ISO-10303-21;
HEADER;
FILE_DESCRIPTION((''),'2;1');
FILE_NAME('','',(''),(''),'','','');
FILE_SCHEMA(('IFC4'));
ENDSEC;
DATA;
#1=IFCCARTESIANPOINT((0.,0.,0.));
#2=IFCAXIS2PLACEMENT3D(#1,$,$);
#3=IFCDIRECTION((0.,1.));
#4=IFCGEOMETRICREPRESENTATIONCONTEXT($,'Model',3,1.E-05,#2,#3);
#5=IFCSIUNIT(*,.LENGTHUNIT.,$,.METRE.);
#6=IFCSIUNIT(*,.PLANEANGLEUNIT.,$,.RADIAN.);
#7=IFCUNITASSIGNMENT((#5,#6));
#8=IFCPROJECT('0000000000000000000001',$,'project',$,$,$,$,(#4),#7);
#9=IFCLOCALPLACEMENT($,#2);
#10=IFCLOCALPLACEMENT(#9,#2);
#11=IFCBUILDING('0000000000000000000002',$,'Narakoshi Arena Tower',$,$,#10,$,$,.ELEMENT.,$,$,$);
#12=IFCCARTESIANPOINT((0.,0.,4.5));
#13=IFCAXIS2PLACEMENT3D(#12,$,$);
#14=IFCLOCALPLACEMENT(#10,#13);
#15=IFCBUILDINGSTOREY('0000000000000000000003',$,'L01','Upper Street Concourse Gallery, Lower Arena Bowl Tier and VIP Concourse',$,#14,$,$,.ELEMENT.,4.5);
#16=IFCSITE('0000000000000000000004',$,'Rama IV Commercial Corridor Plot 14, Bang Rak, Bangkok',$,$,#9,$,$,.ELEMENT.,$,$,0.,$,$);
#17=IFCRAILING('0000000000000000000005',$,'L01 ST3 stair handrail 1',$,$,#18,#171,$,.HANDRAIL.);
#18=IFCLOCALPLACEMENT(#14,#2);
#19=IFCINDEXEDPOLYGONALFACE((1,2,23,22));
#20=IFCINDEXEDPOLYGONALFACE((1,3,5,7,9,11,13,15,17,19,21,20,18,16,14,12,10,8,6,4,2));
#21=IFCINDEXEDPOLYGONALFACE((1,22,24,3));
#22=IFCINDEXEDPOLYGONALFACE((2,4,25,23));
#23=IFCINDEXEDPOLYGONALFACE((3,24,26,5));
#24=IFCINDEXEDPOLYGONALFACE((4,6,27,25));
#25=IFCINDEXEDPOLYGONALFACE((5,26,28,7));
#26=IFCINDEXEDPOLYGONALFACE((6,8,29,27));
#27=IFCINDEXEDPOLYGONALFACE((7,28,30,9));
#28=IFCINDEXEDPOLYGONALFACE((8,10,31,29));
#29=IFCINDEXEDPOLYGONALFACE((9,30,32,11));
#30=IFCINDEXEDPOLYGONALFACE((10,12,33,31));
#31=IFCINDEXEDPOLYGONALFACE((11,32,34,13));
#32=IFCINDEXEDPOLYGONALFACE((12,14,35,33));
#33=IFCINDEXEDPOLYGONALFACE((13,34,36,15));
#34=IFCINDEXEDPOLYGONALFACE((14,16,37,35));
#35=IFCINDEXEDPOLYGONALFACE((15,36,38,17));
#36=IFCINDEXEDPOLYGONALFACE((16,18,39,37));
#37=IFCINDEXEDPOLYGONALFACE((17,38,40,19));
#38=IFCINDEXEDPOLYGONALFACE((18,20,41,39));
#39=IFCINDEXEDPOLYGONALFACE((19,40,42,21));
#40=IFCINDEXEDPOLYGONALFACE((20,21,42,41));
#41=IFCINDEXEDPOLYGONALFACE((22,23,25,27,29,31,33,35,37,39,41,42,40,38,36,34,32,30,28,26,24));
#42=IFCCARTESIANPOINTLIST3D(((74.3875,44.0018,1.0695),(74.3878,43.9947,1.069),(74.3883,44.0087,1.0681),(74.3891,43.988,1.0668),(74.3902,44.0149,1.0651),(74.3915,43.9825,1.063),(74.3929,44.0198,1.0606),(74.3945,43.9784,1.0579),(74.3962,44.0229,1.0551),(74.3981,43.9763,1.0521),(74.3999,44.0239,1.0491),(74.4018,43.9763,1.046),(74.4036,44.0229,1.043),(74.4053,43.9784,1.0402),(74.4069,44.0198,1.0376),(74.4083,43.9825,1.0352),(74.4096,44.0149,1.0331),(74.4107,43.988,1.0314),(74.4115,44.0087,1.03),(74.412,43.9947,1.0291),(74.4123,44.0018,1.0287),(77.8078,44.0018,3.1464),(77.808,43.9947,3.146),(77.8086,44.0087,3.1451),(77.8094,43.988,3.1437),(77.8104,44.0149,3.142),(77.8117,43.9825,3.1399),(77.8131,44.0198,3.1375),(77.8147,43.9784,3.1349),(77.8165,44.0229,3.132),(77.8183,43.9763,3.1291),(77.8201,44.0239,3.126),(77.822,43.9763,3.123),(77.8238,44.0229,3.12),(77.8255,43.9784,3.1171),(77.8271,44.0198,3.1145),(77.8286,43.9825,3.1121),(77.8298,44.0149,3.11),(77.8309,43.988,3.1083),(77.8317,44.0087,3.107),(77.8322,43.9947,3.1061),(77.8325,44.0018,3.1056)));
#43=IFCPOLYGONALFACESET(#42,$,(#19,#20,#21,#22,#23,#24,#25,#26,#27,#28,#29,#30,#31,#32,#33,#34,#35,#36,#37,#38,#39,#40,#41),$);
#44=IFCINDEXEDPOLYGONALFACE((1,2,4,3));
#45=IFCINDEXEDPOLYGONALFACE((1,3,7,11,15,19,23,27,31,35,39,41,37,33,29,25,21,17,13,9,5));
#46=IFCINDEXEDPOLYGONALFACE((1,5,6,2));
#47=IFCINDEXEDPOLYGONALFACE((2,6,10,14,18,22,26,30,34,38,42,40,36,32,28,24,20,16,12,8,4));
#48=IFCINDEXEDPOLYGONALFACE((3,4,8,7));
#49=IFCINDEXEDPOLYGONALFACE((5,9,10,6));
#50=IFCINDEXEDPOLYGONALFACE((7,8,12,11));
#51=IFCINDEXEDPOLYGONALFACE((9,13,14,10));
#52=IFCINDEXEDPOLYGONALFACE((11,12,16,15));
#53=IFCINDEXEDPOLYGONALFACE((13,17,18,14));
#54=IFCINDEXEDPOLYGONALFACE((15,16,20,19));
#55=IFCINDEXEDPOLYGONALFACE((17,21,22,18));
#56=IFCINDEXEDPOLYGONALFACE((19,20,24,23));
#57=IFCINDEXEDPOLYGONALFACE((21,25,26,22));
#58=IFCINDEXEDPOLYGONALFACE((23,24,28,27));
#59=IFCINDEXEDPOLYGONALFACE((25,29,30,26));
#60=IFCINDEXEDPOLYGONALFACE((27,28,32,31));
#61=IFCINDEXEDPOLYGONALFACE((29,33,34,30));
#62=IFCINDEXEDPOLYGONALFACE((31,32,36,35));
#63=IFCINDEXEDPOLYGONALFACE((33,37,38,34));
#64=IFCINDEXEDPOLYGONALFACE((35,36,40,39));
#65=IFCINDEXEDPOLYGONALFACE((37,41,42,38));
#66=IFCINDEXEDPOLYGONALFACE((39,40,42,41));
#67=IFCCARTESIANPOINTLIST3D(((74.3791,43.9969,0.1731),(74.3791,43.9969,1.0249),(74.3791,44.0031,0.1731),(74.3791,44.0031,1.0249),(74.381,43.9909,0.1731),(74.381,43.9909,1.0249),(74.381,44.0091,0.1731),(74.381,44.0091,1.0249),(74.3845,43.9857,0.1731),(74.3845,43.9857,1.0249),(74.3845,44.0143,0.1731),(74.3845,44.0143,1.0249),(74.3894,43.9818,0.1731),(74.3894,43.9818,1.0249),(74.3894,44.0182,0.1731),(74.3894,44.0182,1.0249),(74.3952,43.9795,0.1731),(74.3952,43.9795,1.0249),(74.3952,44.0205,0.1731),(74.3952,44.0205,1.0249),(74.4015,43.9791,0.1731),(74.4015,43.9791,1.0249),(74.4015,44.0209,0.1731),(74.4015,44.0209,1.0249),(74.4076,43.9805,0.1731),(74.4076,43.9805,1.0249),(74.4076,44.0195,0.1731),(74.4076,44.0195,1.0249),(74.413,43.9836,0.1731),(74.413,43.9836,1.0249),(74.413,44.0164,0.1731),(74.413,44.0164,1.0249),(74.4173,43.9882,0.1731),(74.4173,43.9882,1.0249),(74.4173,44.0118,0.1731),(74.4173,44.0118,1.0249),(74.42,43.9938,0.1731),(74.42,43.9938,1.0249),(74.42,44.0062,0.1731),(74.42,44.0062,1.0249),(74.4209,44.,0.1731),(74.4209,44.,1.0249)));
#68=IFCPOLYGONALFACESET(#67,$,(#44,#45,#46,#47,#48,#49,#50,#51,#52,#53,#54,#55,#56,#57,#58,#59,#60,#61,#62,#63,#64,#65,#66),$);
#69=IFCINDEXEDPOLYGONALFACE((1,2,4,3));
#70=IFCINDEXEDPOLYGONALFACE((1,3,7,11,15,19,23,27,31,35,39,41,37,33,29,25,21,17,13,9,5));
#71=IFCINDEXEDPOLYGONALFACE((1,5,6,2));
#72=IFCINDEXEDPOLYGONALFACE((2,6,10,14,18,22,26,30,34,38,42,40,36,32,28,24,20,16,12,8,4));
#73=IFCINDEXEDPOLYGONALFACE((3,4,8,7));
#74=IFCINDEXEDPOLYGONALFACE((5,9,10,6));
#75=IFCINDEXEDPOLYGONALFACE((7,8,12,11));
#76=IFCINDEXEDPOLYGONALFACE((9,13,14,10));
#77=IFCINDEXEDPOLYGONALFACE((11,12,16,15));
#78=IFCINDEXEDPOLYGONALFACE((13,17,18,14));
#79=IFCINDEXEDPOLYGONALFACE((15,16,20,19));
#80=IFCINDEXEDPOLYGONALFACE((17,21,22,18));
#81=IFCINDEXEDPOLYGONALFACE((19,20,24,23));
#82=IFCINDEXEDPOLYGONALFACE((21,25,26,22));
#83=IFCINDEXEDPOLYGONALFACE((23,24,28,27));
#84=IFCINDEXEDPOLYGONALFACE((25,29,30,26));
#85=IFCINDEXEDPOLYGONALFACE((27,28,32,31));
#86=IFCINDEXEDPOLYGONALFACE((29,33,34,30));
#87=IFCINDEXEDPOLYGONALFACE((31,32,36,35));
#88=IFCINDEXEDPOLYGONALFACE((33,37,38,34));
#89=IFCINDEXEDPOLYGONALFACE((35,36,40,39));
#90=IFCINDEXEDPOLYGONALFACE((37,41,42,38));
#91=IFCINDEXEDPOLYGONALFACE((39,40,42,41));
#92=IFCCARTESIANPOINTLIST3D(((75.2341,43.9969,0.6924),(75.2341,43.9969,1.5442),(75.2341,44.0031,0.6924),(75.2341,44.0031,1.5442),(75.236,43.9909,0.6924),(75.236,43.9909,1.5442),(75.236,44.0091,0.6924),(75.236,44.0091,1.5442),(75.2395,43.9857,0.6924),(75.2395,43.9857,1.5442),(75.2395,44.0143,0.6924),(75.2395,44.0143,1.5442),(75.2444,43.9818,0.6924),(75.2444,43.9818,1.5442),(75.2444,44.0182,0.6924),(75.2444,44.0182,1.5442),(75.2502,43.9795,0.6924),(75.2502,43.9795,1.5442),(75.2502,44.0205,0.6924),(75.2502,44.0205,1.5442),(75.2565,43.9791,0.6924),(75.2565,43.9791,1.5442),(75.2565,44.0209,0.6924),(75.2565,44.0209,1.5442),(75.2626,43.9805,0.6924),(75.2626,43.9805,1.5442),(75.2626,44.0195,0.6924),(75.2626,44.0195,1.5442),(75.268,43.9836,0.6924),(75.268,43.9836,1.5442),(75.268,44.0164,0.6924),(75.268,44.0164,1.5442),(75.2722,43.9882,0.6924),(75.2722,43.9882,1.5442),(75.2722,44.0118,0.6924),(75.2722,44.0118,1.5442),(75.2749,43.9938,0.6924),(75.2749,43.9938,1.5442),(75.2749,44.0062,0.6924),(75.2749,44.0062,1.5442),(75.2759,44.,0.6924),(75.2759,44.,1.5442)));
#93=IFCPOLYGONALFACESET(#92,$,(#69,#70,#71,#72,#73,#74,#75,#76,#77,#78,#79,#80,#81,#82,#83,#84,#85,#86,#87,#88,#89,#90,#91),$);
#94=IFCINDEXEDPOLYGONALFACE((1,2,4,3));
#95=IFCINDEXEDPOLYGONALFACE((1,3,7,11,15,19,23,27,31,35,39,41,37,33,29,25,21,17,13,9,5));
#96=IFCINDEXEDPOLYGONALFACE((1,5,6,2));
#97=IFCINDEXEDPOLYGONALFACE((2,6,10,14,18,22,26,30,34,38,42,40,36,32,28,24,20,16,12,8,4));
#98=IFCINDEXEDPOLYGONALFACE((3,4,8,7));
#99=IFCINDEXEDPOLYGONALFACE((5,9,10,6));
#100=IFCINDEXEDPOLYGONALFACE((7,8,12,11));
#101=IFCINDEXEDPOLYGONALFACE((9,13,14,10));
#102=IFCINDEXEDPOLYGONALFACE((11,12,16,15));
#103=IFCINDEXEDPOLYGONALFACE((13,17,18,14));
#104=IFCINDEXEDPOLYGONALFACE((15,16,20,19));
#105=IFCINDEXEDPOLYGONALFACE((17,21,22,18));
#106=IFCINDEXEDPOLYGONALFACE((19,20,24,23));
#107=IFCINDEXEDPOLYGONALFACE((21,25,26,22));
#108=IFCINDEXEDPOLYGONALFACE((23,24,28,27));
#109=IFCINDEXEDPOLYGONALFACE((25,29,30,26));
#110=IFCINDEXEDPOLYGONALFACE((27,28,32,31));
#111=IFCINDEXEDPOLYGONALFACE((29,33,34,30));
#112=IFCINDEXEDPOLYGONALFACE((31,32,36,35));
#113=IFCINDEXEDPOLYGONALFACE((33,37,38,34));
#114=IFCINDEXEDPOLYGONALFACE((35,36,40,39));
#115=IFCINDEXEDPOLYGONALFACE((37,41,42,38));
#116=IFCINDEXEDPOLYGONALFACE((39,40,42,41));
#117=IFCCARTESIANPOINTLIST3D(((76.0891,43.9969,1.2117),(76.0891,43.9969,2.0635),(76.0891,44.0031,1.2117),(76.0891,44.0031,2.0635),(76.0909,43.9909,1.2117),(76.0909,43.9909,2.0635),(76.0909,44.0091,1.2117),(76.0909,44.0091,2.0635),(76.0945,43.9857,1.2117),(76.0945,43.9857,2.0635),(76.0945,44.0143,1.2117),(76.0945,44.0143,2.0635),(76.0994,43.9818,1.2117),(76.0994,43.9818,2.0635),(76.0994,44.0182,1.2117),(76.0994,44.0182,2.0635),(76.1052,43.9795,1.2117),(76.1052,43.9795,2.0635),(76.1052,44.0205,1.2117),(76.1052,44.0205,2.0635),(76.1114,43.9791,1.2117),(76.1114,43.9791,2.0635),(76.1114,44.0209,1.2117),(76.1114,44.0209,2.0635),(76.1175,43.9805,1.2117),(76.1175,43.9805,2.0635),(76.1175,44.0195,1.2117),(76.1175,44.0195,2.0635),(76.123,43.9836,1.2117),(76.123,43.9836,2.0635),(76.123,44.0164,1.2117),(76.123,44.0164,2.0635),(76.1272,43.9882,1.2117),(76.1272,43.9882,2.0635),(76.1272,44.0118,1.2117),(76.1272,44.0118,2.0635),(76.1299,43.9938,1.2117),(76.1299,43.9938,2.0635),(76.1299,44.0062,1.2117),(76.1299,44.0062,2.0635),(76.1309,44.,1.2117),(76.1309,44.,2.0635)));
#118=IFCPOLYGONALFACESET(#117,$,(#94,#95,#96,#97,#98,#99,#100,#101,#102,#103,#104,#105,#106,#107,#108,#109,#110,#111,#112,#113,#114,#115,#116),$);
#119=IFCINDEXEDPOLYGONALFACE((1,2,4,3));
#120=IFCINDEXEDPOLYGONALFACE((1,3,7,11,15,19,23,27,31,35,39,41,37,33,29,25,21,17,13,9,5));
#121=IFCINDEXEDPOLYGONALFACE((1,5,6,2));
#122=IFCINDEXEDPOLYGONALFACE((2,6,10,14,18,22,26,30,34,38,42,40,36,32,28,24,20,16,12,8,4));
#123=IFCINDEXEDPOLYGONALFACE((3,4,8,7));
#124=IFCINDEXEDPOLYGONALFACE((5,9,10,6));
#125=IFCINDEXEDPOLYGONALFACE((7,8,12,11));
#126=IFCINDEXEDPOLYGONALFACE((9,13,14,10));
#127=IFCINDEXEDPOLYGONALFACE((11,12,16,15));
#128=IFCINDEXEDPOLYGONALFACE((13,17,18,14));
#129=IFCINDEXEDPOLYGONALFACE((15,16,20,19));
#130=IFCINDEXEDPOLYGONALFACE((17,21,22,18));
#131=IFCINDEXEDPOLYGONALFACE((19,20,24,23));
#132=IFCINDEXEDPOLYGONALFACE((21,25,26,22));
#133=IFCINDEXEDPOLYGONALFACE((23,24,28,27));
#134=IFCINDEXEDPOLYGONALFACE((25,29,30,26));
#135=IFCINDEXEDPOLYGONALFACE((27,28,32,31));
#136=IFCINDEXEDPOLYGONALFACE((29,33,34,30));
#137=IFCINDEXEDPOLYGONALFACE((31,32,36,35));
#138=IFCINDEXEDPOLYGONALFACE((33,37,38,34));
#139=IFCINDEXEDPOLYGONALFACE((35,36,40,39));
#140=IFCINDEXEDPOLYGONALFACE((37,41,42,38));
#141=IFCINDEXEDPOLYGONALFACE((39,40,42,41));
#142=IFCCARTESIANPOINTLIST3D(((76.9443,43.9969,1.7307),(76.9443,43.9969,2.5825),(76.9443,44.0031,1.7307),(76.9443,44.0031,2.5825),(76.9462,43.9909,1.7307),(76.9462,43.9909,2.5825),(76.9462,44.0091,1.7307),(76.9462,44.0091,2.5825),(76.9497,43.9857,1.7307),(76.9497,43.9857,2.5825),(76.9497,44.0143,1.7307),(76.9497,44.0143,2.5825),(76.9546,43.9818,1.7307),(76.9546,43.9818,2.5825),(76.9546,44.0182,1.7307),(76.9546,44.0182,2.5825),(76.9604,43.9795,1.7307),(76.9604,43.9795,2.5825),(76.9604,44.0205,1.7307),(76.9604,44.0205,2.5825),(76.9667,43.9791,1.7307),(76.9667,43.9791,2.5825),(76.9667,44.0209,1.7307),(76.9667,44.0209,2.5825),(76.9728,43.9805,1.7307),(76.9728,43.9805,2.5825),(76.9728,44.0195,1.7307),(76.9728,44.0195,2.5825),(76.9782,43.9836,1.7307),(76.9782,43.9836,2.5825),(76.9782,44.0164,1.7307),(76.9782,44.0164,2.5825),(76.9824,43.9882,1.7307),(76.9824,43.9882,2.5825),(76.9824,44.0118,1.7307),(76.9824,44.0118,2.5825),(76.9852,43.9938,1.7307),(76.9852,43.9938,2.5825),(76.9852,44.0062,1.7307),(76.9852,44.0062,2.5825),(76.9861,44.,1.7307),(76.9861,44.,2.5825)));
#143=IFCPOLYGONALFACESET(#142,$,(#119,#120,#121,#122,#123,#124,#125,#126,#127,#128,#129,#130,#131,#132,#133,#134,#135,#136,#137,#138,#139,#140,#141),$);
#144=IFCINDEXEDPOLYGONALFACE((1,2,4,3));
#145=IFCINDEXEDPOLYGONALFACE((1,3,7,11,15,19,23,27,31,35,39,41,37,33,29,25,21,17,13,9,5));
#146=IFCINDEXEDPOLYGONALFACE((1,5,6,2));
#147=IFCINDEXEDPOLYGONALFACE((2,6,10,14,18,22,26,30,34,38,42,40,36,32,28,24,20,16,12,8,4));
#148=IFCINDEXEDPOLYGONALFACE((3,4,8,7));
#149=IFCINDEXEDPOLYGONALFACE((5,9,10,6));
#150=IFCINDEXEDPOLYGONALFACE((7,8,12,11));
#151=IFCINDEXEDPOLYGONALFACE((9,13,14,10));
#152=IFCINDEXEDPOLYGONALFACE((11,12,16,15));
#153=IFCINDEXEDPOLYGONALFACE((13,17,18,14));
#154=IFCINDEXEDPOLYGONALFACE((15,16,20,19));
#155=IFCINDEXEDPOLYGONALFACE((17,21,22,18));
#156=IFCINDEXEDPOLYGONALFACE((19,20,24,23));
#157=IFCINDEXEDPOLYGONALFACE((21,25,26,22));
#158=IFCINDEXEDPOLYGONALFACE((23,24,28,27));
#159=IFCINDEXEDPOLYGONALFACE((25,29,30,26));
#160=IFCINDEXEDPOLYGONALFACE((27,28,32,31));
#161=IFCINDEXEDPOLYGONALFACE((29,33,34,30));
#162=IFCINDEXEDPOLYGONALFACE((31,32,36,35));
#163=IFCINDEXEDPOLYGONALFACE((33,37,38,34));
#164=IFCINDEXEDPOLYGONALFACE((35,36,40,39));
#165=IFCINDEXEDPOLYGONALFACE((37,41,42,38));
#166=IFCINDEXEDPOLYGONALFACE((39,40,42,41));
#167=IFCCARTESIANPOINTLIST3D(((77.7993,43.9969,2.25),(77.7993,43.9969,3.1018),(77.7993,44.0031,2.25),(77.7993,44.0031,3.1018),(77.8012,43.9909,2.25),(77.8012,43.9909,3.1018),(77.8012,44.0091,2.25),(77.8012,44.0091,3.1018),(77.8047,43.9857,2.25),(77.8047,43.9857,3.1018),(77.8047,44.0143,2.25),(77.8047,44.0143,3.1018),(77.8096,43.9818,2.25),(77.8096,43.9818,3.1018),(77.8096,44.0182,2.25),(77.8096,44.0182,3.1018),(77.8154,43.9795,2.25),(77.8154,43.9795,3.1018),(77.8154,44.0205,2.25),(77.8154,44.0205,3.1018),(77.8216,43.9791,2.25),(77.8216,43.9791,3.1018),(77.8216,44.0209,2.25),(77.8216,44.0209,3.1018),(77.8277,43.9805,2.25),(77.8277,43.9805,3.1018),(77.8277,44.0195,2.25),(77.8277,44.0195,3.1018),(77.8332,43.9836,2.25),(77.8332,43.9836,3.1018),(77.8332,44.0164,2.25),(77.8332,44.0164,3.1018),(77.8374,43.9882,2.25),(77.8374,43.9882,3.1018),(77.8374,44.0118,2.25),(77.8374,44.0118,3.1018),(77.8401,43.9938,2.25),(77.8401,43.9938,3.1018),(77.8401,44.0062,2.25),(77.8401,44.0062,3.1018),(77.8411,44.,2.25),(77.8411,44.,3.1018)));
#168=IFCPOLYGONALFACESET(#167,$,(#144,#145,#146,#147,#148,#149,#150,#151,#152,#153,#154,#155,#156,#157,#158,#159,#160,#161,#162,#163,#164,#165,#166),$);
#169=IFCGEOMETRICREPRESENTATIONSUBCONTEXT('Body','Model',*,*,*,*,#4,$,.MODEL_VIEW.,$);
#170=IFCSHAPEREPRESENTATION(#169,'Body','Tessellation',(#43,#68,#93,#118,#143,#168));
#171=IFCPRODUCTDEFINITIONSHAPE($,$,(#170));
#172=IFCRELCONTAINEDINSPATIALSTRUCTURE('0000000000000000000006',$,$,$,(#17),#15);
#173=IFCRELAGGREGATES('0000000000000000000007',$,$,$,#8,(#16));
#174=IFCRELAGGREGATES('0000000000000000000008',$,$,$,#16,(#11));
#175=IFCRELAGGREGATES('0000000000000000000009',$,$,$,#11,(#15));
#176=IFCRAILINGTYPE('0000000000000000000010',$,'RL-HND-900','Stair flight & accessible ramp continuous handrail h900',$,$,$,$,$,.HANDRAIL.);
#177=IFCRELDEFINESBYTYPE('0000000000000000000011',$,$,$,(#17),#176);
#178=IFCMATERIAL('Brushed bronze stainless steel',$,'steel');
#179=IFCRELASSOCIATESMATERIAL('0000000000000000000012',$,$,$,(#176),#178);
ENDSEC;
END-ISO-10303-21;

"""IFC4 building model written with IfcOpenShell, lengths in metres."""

from ifc_helpers import new_model, si_unit, direction, frame, origin, origin_2d, place, context, subcontext, project, spatial, circle, extrude, material, type_object, element, save


model = new_model("IFC4")

# Units and contexts
model_context = context("Model", 3, precision=1e-05, world=origin(), true_north=direction((0.0, 1.0)))
body_context = subcontext(model_context, "Body", "Model", "MODEL_VIEW")
ifc_project = project(units=[si_unit("LENGTHUNIT", "METRE"), si_unit("PLANEANGLEUNIT", "RADIAN")], contexts=[model_context])

# Site, building, storey
site_placement = place(None, origin())
site = spatial("IfcSite", under=ifc_project, at=site_placement, Name="Rama IV Commercial Corridor Plot 14, Bang Rak, Bangkok", CompositionType="ELEMENT", RefElevation=0.0)
building_placement = place(site_placement, origin())
building = spatial("IfcBuilding", under=site, at=building_placement, Name="Narakoshi Arena Tower", CompositionType="ELEMENT")
storey_placement = place(building_placement, frame((0.0, 0.0, 4.5)))
storey = spatial("IfcBuildingStorey", under=building, at=storey_placement, Name="L01", Description="Upper Street Concourse Gallery, Lower Arena Bowl Tier and VIP Concourse", CompositionType="ELEMENT", Elevation=4.5)

# Shared definitions
ifc_material_1 = material(Name="Brushed bronze stainless steel", Category="steel")

# Railing
railing_type_1 = type_object("IfcRailingType", Name="RL-HND-900", Description="Stair flight & accessible ramp continuous handrail h900", PredefinedType="HANDRAIL", material=ifc_material_1)
railing_1_placement = place(storey_placement, frame((74.3999, 44.0, 0.1731)))
element("IfcRailing", 1, at=railing_1_placement, inside=storey, type_object=railing_type_1, Name="L01 ST3 stair handrail 1", PredefinedType="HANDRAIL", context=body_context, shape_type="SweptSolid", body=[
    extrude(circle(Radius=0.0239, at=origin_2d()), frame((0.0, 0.0, 0.876), z_axis=(0.854746, 0.0, 0.519047), x_axis=(0.0, 1.0, 0.0)), (0.0, 0.0, 1.0), 4.0015),
    extrude(circle(Radius=0.021, at=origin_2d()), origin(), (0.0, 0.0, 1.0), 0.8518),
    extrude(circle(Radius=0.021, at=origin_2d()), frame((0.855, 0.0, 0.5193)), (0.0, 0.0, 1.0), 0.8518),
    extrude(circle(Radius=0.021, at=origin_2d()), frame((1.71, 0.0, 1.0386)), (0.0, 0.0, 1.0), 0.8518),
    extrude(circle(Radius=0.021, at=origin_2d()), frame((2.5652, 0.0, 1.5576)), (0.0, 0.0, 1.0), 0.8518),
    extrude(circle(Radius=0.021, at=origin_2d()), frame((3.4202, 0.0, 2.0769)), (0.0, 0.0, 1.0), 0.8518),
])

save(model, "model.ifc")
